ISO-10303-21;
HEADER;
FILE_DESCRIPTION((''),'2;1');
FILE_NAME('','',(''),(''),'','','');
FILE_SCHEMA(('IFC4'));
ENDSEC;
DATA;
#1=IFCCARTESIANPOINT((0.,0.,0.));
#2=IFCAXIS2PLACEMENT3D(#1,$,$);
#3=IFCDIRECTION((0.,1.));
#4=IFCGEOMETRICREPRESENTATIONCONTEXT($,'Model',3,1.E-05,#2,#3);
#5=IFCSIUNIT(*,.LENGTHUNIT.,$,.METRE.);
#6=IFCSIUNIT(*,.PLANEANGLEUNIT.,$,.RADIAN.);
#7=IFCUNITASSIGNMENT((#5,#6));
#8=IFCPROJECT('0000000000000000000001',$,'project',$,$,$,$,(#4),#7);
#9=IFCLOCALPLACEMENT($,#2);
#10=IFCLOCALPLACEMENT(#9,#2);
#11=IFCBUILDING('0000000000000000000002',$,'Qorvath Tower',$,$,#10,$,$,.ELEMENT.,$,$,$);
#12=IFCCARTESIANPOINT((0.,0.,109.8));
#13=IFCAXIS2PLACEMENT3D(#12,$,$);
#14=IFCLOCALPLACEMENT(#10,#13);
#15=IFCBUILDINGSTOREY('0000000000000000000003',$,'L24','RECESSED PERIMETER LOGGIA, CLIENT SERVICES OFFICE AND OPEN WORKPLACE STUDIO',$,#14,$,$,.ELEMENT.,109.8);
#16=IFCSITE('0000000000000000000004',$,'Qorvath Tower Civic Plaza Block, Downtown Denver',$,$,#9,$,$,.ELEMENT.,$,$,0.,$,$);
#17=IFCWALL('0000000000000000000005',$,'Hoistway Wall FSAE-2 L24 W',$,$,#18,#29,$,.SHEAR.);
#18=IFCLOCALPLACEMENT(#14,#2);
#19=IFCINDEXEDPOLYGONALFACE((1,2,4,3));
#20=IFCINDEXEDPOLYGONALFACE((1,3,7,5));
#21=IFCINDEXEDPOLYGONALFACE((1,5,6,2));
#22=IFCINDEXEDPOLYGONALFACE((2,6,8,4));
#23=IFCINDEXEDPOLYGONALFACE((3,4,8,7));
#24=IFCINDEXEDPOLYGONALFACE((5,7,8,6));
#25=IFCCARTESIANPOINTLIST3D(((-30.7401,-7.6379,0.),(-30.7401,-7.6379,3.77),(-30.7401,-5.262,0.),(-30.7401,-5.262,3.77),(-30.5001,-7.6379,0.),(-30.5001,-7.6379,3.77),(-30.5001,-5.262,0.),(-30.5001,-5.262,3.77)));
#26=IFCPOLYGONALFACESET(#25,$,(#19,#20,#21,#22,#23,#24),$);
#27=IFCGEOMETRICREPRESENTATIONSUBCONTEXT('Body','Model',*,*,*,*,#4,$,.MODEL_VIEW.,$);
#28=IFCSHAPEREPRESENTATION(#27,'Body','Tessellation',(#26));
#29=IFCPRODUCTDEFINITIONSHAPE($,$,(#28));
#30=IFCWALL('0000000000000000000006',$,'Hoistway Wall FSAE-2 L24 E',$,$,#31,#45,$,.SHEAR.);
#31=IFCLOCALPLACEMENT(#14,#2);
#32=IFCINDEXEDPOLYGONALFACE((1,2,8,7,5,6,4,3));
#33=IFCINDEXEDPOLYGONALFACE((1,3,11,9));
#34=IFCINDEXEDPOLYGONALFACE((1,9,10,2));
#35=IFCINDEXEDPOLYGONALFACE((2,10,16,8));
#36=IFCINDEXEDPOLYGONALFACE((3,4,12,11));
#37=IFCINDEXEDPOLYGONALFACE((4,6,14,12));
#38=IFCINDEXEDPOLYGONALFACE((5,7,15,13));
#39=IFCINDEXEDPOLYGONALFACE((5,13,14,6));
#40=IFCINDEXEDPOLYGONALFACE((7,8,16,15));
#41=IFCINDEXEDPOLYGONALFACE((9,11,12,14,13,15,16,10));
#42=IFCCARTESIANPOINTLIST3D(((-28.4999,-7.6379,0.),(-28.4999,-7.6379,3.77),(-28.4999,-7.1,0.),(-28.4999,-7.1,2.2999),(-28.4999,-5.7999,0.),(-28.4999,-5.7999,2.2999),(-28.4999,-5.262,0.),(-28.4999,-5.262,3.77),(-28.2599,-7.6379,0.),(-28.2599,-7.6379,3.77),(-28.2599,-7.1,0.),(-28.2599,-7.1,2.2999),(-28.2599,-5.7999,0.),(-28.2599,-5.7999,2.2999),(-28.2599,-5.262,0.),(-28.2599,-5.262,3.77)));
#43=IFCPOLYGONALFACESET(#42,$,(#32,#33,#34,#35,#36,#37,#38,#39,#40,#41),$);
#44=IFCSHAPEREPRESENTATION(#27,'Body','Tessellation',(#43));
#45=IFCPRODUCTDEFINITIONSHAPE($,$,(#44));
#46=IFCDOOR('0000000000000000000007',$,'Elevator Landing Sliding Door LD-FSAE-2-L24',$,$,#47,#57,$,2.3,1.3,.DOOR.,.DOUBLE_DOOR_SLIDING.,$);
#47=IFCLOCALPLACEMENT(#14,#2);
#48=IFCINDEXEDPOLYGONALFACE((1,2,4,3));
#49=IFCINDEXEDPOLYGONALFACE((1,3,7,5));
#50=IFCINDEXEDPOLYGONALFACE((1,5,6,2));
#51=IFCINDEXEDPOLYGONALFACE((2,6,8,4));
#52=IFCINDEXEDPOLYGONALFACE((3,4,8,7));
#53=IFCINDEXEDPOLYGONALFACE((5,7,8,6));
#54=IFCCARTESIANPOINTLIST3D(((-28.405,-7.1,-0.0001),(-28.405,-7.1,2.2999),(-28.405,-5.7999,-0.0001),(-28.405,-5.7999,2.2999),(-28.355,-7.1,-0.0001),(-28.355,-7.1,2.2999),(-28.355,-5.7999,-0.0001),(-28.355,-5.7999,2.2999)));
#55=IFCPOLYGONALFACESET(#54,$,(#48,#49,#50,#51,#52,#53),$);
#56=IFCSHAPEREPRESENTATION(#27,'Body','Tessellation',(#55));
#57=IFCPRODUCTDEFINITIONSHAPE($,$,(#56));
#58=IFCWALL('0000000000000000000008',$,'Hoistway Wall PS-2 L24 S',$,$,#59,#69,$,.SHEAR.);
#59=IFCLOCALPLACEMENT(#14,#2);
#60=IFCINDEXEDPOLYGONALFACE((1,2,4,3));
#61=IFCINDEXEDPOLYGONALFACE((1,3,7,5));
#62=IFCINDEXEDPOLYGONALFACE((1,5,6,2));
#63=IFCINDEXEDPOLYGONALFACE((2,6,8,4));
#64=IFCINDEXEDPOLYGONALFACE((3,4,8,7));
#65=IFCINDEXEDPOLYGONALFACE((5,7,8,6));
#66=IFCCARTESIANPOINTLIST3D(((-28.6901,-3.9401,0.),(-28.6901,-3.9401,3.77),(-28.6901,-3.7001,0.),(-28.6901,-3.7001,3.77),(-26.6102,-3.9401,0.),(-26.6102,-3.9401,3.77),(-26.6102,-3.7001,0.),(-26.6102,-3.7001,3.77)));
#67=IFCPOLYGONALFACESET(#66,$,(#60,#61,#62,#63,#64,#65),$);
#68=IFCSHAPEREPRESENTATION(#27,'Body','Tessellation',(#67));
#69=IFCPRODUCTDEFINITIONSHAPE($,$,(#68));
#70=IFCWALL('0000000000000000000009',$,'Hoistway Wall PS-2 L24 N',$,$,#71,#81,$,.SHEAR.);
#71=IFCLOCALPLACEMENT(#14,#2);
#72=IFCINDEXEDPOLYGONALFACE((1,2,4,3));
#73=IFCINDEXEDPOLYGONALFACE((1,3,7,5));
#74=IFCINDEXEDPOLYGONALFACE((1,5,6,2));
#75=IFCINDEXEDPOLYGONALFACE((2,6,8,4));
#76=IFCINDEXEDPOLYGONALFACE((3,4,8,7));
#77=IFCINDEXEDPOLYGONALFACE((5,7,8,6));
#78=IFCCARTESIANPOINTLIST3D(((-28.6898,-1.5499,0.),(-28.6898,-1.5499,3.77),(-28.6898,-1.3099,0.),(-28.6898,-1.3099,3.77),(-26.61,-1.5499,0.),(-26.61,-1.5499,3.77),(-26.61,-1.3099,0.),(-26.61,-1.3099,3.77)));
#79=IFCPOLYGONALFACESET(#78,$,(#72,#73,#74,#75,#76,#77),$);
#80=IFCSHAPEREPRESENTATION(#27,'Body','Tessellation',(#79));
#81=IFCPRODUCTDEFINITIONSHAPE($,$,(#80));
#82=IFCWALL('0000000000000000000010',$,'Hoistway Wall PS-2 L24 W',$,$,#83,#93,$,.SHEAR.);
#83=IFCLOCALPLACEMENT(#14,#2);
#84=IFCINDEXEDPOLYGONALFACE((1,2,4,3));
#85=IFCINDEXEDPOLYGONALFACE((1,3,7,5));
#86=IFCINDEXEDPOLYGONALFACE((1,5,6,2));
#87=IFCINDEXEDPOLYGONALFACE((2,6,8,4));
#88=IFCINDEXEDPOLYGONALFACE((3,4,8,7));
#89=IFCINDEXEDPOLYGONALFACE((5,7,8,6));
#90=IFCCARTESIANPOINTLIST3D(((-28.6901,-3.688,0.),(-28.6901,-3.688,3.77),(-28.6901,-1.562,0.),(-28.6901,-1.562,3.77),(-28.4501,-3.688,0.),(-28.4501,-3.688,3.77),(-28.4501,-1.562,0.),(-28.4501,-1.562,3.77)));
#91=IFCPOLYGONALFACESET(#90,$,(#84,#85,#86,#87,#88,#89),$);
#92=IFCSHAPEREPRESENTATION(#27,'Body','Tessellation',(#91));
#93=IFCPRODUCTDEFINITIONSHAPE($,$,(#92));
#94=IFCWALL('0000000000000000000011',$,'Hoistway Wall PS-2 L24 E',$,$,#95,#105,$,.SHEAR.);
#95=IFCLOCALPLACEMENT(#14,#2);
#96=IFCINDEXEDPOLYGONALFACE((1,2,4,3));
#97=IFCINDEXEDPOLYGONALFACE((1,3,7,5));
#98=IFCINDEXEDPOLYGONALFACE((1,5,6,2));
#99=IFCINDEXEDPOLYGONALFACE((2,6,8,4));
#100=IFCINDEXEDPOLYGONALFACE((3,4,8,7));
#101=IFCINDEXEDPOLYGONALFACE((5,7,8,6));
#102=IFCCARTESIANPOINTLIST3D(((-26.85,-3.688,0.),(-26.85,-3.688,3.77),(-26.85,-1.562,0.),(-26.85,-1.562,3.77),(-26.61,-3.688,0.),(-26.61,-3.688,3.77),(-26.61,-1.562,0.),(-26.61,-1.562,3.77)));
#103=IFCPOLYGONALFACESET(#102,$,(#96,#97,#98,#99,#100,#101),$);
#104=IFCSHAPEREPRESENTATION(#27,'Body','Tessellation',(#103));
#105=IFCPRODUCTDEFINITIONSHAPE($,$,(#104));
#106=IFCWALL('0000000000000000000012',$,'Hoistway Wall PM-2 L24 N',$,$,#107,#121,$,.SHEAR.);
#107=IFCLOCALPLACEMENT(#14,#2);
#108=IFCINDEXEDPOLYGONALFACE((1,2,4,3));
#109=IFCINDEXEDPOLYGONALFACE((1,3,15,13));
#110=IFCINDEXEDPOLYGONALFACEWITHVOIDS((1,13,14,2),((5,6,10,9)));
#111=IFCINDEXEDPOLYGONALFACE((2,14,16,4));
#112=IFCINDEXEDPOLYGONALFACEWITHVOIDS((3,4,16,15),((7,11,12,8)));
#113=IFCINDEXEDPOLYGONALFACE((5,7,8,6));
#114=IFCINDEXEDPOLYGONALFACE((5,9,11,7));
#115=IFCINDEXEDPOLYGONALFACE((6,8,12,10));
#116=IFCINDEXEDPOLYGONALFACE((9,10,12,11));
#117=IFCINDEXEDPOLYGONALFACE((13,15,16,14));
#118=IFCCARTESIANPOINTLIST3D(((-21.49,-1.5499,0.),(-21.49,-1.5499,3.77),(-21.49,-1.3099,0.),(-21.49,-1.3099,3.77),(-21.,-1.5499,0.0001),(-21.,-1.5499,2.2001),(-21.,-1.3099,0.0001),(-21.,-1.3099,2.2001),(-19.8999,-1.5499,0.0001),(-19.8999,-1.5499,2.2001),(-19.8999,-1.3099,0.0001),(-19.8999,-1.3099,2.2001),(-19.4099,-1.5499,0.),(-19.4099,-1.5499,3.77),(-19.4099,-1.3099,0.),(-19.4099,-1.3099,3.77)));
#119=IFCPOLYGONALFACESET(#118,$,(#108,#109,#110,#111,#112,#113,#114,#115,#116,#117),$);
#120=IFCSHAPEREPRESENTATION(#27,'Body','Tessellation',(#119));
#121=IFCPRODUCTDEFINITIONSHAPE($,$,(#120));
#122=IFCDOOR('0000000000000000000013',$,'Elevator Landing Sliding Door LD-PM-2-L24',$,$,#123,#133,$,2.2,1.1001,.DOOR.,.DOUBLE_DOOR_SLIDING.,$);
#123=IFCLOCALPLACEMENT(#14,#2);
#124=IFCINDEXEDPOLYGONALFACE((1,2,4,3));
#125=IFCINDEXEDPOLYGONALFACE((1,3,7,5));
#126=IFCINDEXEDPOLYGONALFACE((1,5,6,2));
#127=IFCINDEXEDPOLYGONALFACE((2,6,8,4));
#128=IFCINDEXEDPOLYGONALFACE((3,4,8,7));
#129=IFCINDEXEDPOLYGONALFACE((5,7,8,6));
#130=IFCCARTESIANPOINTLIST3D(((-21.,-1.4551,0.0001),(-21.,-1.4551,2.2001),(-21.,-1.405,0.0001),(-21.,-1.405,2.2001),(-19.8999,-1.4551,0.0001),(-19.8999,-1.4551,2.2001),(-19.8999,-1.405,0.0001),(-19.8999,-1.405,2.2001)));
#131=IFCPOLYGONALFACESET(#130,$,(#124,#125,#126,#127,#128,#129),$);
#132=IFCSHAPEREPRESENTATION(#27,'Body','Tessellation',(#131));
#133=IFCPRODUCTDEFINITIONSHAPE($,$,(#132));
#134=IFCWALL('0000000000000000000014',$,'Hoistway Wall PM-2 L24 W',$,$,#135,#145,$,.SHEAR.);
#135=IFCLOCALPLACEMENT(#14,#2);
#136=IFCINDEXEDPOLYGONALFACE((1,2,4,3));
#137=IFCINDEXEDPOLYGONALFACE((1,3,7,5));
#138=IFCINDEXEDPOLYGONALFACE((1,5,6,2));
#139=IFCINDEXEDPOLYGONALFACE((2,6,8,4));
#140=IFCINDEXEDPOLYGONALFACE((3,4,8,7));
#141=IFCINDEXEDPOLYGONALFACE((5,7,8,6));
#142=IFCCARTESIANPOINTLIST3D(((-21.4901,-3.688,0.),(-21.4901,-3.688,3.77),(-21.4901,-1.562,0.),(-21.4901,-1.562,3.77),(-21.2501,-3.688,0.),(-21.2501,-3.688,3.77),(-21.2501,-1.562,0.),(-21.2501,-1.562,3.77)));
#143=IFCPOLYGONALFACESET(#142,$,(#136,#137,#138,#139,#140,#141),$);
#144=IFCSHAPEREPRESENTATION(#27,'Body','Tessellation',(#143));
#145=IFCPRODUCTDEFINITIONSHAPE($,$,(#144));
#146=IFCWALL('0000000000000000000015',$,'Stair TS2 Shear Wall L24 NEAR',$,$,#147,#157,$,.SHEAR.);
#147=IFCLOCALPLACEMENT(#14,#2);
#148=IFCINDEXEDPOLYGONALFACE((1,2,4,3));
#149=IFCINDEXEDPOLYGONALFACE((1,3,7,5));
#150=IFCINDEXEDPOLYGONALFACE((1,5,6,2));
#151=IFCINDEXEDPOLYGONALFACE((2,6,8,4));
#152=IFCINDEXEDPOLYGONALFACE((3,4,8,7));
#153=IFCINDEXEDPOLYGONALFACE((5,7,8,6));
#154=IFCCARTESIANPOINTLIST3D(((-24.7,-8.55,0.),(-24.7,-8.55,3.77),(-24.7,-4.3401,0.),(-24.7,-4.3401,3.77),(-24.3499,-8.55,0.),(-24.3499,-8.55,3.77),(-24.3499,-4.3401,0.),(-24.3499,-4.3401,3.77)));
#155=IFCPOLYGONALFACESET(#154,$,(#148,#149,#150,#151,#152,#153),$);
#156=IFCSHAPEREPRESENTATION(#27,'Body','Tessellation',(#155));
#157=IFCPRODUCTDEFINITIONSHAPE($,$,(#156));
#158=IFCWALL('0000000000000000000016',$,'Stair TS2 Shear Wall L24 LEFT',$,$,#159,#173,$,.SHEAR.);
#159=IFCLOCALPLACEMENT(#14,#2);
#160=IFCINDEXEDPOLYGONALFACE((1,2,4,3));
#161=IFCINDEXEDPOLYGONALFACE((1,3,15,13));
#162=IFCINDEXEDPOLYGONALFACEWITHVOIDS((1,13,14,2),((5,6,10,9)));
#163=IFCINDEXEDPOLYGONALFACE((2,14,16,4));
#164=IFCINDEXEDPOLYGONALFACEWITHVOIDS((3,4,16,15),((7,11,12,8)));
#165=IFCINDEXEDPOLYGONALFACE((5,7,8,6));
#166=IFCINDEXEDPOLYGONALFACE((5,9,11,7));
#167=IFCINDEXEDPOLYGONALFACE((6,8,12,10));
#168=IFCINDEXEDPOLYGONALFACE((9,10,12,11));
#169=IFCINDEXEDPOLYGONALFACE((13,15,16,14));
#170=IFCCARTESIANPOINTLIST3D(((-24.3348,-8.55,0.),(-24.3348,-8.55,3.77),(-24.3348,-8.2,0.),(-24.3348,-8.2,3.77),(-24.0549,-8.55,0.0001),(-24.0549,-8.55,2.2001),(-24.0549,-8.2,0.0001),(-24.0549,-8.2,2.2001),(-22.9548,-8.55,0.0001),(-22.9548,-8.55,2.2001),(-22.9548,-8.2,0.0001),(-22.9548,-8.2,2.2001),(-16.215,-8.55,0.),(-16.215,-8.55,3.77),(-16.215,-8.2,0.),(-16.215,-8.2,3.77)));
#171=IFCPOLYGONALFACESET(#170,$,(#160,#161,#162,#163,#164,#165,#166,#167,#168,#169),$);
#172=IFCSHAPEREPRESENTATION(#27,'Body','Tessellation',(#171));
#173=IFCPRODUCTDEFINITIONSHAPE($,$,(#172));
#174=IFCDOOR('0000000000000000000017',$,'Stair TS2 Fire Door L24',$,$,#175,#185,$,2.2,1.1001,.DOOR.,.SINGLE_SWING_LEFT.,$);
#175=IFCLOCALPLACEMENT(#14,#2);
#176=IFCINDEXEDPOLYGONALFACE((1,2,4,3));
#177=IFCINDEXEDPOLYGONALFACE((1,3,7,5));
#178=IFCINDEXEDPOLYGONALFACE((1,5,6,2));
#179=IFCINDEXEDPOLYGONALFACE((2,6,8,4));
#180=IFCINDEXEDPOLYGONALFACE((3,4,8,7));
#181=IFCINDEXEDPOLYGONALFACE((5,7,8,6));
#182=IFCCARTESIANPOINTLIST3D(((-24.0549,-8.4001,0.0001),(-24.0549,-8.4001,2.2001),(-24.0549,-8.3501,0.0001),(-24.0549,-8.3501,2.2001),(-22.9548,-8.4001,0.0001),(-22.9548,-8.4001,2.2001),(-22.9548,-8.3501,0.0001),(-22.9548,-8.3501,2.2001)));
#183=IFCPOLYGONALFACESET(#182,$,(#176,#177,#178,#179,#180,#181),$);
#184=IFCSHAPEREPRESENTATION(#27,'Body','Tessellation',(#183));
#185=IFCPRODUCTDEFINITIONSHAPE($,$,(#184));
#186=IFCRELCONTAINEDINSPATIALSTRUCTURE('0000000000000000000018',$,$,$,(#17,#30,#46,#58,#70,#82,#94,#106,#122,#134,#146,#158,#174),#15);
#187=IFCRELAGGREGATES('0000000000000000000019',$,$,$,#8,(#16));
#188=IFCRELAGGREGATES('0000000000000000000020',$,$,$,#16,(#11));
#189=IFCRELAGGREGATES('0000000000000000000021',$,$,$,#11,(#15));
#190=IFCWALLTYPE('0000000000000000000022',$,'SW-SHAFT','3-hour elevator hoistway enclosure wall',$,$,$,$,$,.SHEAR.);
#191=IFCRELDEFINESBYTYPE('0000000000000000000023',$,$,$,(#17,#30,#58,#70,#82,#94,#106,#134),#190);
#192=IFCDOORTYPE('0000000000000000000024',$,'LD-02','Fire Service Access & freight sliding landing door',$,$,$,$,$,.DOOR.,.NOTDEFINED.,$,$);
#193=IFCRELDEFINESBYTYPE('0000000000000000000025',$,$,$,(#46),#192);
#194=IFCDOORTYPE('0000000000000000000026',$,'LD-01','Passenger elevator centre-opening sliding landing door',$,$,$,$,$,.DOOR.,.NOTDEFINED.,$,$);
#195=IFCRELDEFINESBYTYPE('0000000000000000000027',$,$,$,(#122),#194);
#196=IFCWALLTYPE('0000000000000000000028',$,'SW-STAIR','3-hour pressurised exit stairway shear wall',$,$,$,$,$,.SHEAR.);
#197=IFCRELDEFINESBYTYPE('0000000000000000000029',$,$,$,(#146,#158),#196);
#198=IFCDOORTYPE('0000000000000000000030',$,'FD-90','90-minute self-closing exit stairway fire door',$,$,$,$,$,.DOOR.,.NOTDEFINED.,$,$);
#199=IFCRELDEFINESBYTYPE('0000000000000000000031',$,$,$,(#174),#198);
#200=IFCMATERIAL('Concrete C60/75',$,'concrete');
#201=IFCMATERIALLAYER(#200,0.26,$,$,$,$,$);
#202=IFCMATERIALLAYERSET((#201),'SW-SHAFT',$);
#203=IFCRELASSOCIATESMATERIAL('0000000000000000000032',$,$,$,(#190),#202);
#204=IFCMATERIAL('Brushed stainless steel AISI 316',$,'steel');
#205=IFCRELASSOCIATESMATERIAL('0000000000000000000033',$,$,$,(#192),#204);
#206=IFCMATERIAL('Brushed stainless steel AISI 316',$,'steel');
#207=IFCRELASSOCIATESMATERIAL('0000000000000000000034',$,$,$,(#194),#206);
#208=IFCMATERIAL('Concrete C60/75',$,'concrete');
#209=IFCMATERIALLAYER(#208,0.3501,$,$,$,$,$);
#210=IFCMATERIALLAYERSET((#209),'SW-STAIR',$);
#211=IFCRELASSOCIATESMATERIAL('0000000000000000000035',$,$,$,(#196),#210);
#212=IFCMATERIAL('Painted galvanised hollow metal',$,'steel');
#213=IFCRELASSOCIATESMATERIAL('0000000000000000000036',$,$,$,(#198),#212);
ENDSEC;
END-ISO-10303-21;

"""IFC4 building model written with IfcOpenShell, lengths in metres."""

from ifc_helpers import new_model, si_unit, direction, frame, frame_2d, origin, place, context, subcontext, project, spatial, rectangle, extrude, material, layer, layer_set, type_object, element, fill, save


model = new_model("IFC4")

# Units and contexts
model_context = context("Model", 3, precision=1e-05, world=origin(), true_north=direction((0.0, 1.0)))
body_context = subcontext(model_context, "Body", "Model", "MODEL_VIEW")
ifc_project = project(units=[si_unit("LENGTHUNIT", "METRE"), si_unit("PLANEANGLEUNIT", "RADIAN")], contexts=[model_context])

# Site, building, storey
site_placement = place(None, origin())
site = spatial("IfcSite", under=ifc_project, at=site_placement, Name="Qorvath Tower Civic Plaza Block, Downtown Denver", CompositionType="ELEMENT", RefElevation=0.0)
building_placement = place(site_placement, origin())
building = spatial("IfcBuilding", under=site, at=building_placement, Name="Qorvath Tower", CompositionType="ELEMENT")
storey_placement = place(building_placement, frame((0.0, 0.0, 109.8)))
storey = spatial("IfcBuildingStorey", under=building, at=storey_placement, Name="L24", Description="RECESSED PERIMETER LOGGIA, CLIENT SERVICES OFFICE AND OPEN WORKPLACE STUDIO", CompositionType="ELEMENT", Elevation=109.8)

# Wall
ifc_material_1 = material(Name="Concrete C60/75", Category="concrete")
ifc_layer_1 = layer(ifc_material_1, 0.26)
ifc_layer_set_1 = layer_set([ifc_layer_1], Name="SW-SHAFT")
wall_type_1 = type_object("IfcWallType", Name="SW-SHAFT", Description="3-hour elevator hoistway enclosure wall", PredefinedType="SHEAR", material=ifc_layer_set_1)
wall_1_placement = place(storey_placement, frame((-30.6201, -7.6379, 0.0), z_axis=(0.0, 0.0, 1.0), x_axis=(0.0, 1.0, 0.0)))
element("IfcWall", 1, at=wall_1_placement, inside=storey, type_object=wall_type_1, Name="Hoistway Wall FSAE-2 L24 W", PredefinedType="SHEAR", context=body_context, shape_type="SweptSolid", body=[
    extrude(rectangle(XDim=2.376, YDim=0.24, at=frame_2d((1.188, 0.0))), origin(), (0.0, 0.0, 1.0), 3.77),
])

# Wall, opening, door
wall_2_placement = place(storey_placement, frame((-28.3799, -5.262, 0.0), z_axis=(0.0, 0.0, 1.0), x_axis=(0.0, -1.0, 0.0)))
wall_2 = element("IfcWall", 2, at=wall_2_placement, inside=storey, type_object=wall_type_1, Name="Hoistway Wall FSAE-2 L24 E", PredefinedType="SHEAR", context=body_context, shape_type="SweptSolid", body=[
    extrude(rectangle(XDim=2.376, YDim=0.24, at=frame_2d((1.188, 0.0))), origin(), (0.0, 0.0, 1.0), 3.77),
])
opening_1_placement = place(wall_2_placement, frame((0.5381, 0.0, 0.0)))
opening_1 = element("IfcOpeningElement", 3, at=opening_1_placement, cuts=wall_2, PredefinedType="OPENING", context=body_context, shape_type="SweptSolid", body=[
    extrude(rectangle(XDim=1.3, YDim=2.3, at=frame_2d((0.6499, 1.1499))), frame((0.0, 0.1299, 0.0), z_axis=(0.0, -1.0, 0.0), x_axis=(1.0, 0.0, 0.0)), (0.0, 0.0, 1.0), 0.26),
])
ifc_material_2 = material(Name="Brushed stainless steel AISI 316", Category="steel")
door_type_1 = type_object("IfcDoorType", Name="LD-02", Description="Fire Service Access & freight sliding landing door", OperationType="NOTDEFINED", PredefinedType="DOOR", material=ifc_material_2)
door_1_placement = place(opening_1_placement, origin())
door_1 = element("IfcDoor", 4, at=door_1_placement, inside=storey, type_object=door_type_1, Name="Elevator Landing Sliding Door LD-FSAE-2-L24", OperationType="DOUBLE_DOOR_SLIDING", OverallHeight=2.3, OverallWidth=1.3, PredefinedType="DOOR", context=body_context, shape_type="SweptSolid", body=[
    extrude(rectangle(XDim=1.3, YDim=2.3, at=frame_2d((0.6499, 1.1499))), frame((0.0, 0.0249, 0.0), z_axis=(0.0, -1.0, 0.0), x_axis=(1.0, 0.0, 0.0)), (0.0, 0.0, 1.0), 0.05),
])
fill(opening_1, door_1)

# Walls
for number, where, z_axis, x_axis, name in (
    (5, (-26.6101, -3.8201, 0.0), (0.0, 0.0, 1.0), (-1.0, 0.0, 0.0), "Hoistway Wall PS-2 L24 S"),
    (6, (-28.6899, -1.4299, 0.0), (0.0, 0.0, 1.0), (1.0, 0.0, 0.0), "Hoistway Wall PS-2 L24 N"),
):
    element("IfcWall", number, at=place(storey_placement, frame(where, z_axis=z_axis, x_axis=x_axis)), inside=storey, type_object=wall_type_1, Name=name, PredefinedType="SHEAR", context=body_context, shape_type="SweptSolid", body=[
        extrude(rectangle(XDim=2.0798, YDim=0.24, at=frame_2d((1.04, 0.0))), origin(), (0.0, 0.0, 1.0), 3.77),
    ])
for number, where, z_axis, x_axis, name in (
    (7, (-28.5701, -3.688, 0.0), (0.0, 0.0, 1.0), (0.0, 1.0, 0.0), "Hoistway Wall PS-2 L24 W"),
    (8, (-26.73, -1.562, 0.0), (0.0, 0.0, 1.0), (0.0, -1.0, 0.0), "Hoistway Wall PS-2 L24 E"),
):
    element("IfcWall", number, at=place(storey_placement, frame(where, z_axis=z_axis, x_axis=x_axis)), inside=storey, type_object=wall_type_1, Name=name, PredefinedType="SHEAR", context=body_context, shape_type="SweptSolid", body=[
        extrude(rectangle(XDim=2.126, YDim=0.24, at=frame_2d((1.063, 0.0))), origin(), (0.0, 0.0, 1.0), 3.77),
    ])

# Wall, opening, door
wall_3_placement = place(storey_placement, frame((-21.49, -1.4299, 0.0), z_axis=(0.0, 0.0, 1.0), x_axis=(1.0, 0.0, 0.0)))
wall_3 = element("IfcWall", 9, at=wall_3_placement, inside=storey, type_object=wall_type_1, Name="Hoistway Wall PM-2 L24 N", PredefinedType="SHEAR", context=body_context, shape_type="SweptSolid", body=[
    extrude(rectangle(XDim=2.0801, YDim=0.24, at=frame_2d((1.04, 0.0))), origin(), (0.0, 0.0, 1.0), 3.77),
])
opening_2_placement = place(wall_3_placement, frame((0.49, 0.0, 0.0)))
opening_2 = element("IfcOpeningElement", 10, at=opening_2_placement, cuts=wall_3, PredefinedType="OPENING", context=body_context, shape_type="SweptSolid", body=[
    extrude(rectangle(XDim=1.1001, YDim=2.2, at=frame_2d((0.55, 1.1001))), frame((0.0, 0.1299, 0.0), z_axis=(0.0, -1.0, 0.0), x_axis=(1.0, 0.0, 0.0)), (0.0, 0.0, 1.0), 0.26),
])
ifc_material_3 = material(Name="Brushed stainless steel AISI 316", Category="steel")
door_type_2 = type_object("IfcDoorType", Name="LD-01", Description="Passenger elevator centre-opening sliding landing door", OperationType="NOTDEFINED", PredefinedType="DOOR", material=ifc_material_3)
door_2_placement = place(opening_2_placement, origin())
door_2 = element("IfcDoor", 11, at=door_2_placement, inside=storey, type_object=door_type_2, Name="Elevator Landing Sliding Door LD-PM-2-L24", OperationType="DOUBLE_DOOR_SLIDING", OverallHeight=2.2, OverallWidth=1.1001, PredefinedType="DOOR", context=body_context, shape_type="SweptSolid", body=[
    extrude(rectangle(XDim=1.1001, YDim=2.2, at=frame_2d((0.55, 1.1001))), frame((0.0, 0.0249, 0.0), z_axis=(0.0, -1.0, 0.0), x_axis=(1.0, 0.0, 0.0)), (0.0, 0.0, 1.0), 0.05),
])
fill(opening_2, door_2)

# Walls
wall_4_placement = place(storey_placement, frame((-21.3701, -3.688, 0.0), z_axis=(0.0, 0.0, 1.0), x_axis=(0.0, 1.0, 0.0)))
element("IfcWall", 12, at=wall_4_placement, inside=storey, type_object=wall_type_1, Name="Hoistway Wall PM-2 L24 W", PredefinedType="SHEAR", context=body_context, shape_type="SweptSolid", body=[
    extrude(rectangle(XDim=2.126, YDim=0.24, at=frame_2d((1.063, 0.0))), origin(), (0.0, 0.0, 1.0), 3.77),
])
ifc_material_4 = material(Name="Concrete C60/75", Category="concrete")
ifc_layer_2 = layer(ifc_material_4, 0.3501)
ifc_layer_set_2 = layer_set([ifc_layer_2], Name="SW-STAIR")
wall_type_2 = type_object("IfcWallType", Name="SW-STAIR", Description="3-hour pressurised exit stairway shear wall", PredefinedType="SHEAR", material=ifc_layer_set_2)
wall_5_placement = place(storey_placement, frame((-24.5249, -4.3401, 0.0), z_axis=(0.0, 0.0, 1.0), x_axis=(0.0, -1.0, 0.0)))
element("IfcWall", 13, at=wall_5_placement, inside=storey, type_object=wall_type_2, Name="Stair TS2 Shear Wall L24 NEAR", PredefinedType="SHEAR", context=body_context, shape_type="SweptSolid", body=[
    extrude(rectangle(XDim=4.21, YDim=0.3501, at=frame_2d((2.105, 0.0))), origin(), (0.0, 0.0, 1.0), 3.77),
])

# Wall, opening, door
wall_6_placement = place(storey_placement, frame((-24.335, -8.375, 0.0), z_axis=(0.0, 0.0, 1.0), x_axis=(1.0, 0.0, 0.0)))
wall_6 = element("IfcWall", 14, at=wall_6_placement, inside=storey, type_object=wall_type_2, Name="Stair TS2 Shear Wall L24 LEFT", PredefinedType="SHEAR", context=body_context, shape_type="SweptSolid", body=[
    extrude(rectangle(XDim=8.1199, YDim=0.3501, at=frame_2d((4.0601, 0.0))), origin(), (0.0, 0.0, 1.0), 3.77),
])
opening_3_placement = place(wall_6_placement, frame((0.28, 0.0, 0.0)))
opening_3 = element("IfcOpeningElement", 15, at=opening_3_placement, cuts=wall_6, PredefinedType="OPENING", context=body_context, shape_type="SweptSolid", body=[
    extrude(rectangle(XDim=1.1001, YDim=2.2, at=frame_2d((0.55, 1.1001))), frame((0.0, 0.1851, 0.0), z_axis=(0.0, -1.0, 0.0), x_axis=(1.0, 0.0, 0.0)), (0.0, 0.0, 1.0), 0.3701),
])
ifc_material_5 = material(Name="Painted galvanised hollow metal", Category="steel")
door_type_3 = type_object("IfcDoorType", Name="FD-90", Description="90-minute self-closing exit stairway fire door", OperationType="NOTDEFINED", PredefinedType="DOOR", material=ifc_material_5)
door_3_placement = place(opening_3_placement, origin())
door_3 = element("IfcDoor", 16, at=door_3_placement, inside=storey, type_object=door_type_3, Name="Stair TS2 Fire Door L24", OperationType="SINGLE_SWING_LEFT", OverallHeight=2.2, OverallWidth=1.1001, PredefinedType="DOOR", context=body_context, shape_type="SweptSolid", body=[
    extrude(rectangle(XDim=1.1001, YDim=2.2, at=frame_2d((0.55, 1.1001))), frame((0.0, 0.0249, 0.0), z_axis=(0.0, -1.0, 0.0), x_axis=(1.0, 0.0, 0.0)), (0.0, 0.0, 1.0), 0.05),
])
fill(opening_3, door_3)

save(model, "model.ifc")
